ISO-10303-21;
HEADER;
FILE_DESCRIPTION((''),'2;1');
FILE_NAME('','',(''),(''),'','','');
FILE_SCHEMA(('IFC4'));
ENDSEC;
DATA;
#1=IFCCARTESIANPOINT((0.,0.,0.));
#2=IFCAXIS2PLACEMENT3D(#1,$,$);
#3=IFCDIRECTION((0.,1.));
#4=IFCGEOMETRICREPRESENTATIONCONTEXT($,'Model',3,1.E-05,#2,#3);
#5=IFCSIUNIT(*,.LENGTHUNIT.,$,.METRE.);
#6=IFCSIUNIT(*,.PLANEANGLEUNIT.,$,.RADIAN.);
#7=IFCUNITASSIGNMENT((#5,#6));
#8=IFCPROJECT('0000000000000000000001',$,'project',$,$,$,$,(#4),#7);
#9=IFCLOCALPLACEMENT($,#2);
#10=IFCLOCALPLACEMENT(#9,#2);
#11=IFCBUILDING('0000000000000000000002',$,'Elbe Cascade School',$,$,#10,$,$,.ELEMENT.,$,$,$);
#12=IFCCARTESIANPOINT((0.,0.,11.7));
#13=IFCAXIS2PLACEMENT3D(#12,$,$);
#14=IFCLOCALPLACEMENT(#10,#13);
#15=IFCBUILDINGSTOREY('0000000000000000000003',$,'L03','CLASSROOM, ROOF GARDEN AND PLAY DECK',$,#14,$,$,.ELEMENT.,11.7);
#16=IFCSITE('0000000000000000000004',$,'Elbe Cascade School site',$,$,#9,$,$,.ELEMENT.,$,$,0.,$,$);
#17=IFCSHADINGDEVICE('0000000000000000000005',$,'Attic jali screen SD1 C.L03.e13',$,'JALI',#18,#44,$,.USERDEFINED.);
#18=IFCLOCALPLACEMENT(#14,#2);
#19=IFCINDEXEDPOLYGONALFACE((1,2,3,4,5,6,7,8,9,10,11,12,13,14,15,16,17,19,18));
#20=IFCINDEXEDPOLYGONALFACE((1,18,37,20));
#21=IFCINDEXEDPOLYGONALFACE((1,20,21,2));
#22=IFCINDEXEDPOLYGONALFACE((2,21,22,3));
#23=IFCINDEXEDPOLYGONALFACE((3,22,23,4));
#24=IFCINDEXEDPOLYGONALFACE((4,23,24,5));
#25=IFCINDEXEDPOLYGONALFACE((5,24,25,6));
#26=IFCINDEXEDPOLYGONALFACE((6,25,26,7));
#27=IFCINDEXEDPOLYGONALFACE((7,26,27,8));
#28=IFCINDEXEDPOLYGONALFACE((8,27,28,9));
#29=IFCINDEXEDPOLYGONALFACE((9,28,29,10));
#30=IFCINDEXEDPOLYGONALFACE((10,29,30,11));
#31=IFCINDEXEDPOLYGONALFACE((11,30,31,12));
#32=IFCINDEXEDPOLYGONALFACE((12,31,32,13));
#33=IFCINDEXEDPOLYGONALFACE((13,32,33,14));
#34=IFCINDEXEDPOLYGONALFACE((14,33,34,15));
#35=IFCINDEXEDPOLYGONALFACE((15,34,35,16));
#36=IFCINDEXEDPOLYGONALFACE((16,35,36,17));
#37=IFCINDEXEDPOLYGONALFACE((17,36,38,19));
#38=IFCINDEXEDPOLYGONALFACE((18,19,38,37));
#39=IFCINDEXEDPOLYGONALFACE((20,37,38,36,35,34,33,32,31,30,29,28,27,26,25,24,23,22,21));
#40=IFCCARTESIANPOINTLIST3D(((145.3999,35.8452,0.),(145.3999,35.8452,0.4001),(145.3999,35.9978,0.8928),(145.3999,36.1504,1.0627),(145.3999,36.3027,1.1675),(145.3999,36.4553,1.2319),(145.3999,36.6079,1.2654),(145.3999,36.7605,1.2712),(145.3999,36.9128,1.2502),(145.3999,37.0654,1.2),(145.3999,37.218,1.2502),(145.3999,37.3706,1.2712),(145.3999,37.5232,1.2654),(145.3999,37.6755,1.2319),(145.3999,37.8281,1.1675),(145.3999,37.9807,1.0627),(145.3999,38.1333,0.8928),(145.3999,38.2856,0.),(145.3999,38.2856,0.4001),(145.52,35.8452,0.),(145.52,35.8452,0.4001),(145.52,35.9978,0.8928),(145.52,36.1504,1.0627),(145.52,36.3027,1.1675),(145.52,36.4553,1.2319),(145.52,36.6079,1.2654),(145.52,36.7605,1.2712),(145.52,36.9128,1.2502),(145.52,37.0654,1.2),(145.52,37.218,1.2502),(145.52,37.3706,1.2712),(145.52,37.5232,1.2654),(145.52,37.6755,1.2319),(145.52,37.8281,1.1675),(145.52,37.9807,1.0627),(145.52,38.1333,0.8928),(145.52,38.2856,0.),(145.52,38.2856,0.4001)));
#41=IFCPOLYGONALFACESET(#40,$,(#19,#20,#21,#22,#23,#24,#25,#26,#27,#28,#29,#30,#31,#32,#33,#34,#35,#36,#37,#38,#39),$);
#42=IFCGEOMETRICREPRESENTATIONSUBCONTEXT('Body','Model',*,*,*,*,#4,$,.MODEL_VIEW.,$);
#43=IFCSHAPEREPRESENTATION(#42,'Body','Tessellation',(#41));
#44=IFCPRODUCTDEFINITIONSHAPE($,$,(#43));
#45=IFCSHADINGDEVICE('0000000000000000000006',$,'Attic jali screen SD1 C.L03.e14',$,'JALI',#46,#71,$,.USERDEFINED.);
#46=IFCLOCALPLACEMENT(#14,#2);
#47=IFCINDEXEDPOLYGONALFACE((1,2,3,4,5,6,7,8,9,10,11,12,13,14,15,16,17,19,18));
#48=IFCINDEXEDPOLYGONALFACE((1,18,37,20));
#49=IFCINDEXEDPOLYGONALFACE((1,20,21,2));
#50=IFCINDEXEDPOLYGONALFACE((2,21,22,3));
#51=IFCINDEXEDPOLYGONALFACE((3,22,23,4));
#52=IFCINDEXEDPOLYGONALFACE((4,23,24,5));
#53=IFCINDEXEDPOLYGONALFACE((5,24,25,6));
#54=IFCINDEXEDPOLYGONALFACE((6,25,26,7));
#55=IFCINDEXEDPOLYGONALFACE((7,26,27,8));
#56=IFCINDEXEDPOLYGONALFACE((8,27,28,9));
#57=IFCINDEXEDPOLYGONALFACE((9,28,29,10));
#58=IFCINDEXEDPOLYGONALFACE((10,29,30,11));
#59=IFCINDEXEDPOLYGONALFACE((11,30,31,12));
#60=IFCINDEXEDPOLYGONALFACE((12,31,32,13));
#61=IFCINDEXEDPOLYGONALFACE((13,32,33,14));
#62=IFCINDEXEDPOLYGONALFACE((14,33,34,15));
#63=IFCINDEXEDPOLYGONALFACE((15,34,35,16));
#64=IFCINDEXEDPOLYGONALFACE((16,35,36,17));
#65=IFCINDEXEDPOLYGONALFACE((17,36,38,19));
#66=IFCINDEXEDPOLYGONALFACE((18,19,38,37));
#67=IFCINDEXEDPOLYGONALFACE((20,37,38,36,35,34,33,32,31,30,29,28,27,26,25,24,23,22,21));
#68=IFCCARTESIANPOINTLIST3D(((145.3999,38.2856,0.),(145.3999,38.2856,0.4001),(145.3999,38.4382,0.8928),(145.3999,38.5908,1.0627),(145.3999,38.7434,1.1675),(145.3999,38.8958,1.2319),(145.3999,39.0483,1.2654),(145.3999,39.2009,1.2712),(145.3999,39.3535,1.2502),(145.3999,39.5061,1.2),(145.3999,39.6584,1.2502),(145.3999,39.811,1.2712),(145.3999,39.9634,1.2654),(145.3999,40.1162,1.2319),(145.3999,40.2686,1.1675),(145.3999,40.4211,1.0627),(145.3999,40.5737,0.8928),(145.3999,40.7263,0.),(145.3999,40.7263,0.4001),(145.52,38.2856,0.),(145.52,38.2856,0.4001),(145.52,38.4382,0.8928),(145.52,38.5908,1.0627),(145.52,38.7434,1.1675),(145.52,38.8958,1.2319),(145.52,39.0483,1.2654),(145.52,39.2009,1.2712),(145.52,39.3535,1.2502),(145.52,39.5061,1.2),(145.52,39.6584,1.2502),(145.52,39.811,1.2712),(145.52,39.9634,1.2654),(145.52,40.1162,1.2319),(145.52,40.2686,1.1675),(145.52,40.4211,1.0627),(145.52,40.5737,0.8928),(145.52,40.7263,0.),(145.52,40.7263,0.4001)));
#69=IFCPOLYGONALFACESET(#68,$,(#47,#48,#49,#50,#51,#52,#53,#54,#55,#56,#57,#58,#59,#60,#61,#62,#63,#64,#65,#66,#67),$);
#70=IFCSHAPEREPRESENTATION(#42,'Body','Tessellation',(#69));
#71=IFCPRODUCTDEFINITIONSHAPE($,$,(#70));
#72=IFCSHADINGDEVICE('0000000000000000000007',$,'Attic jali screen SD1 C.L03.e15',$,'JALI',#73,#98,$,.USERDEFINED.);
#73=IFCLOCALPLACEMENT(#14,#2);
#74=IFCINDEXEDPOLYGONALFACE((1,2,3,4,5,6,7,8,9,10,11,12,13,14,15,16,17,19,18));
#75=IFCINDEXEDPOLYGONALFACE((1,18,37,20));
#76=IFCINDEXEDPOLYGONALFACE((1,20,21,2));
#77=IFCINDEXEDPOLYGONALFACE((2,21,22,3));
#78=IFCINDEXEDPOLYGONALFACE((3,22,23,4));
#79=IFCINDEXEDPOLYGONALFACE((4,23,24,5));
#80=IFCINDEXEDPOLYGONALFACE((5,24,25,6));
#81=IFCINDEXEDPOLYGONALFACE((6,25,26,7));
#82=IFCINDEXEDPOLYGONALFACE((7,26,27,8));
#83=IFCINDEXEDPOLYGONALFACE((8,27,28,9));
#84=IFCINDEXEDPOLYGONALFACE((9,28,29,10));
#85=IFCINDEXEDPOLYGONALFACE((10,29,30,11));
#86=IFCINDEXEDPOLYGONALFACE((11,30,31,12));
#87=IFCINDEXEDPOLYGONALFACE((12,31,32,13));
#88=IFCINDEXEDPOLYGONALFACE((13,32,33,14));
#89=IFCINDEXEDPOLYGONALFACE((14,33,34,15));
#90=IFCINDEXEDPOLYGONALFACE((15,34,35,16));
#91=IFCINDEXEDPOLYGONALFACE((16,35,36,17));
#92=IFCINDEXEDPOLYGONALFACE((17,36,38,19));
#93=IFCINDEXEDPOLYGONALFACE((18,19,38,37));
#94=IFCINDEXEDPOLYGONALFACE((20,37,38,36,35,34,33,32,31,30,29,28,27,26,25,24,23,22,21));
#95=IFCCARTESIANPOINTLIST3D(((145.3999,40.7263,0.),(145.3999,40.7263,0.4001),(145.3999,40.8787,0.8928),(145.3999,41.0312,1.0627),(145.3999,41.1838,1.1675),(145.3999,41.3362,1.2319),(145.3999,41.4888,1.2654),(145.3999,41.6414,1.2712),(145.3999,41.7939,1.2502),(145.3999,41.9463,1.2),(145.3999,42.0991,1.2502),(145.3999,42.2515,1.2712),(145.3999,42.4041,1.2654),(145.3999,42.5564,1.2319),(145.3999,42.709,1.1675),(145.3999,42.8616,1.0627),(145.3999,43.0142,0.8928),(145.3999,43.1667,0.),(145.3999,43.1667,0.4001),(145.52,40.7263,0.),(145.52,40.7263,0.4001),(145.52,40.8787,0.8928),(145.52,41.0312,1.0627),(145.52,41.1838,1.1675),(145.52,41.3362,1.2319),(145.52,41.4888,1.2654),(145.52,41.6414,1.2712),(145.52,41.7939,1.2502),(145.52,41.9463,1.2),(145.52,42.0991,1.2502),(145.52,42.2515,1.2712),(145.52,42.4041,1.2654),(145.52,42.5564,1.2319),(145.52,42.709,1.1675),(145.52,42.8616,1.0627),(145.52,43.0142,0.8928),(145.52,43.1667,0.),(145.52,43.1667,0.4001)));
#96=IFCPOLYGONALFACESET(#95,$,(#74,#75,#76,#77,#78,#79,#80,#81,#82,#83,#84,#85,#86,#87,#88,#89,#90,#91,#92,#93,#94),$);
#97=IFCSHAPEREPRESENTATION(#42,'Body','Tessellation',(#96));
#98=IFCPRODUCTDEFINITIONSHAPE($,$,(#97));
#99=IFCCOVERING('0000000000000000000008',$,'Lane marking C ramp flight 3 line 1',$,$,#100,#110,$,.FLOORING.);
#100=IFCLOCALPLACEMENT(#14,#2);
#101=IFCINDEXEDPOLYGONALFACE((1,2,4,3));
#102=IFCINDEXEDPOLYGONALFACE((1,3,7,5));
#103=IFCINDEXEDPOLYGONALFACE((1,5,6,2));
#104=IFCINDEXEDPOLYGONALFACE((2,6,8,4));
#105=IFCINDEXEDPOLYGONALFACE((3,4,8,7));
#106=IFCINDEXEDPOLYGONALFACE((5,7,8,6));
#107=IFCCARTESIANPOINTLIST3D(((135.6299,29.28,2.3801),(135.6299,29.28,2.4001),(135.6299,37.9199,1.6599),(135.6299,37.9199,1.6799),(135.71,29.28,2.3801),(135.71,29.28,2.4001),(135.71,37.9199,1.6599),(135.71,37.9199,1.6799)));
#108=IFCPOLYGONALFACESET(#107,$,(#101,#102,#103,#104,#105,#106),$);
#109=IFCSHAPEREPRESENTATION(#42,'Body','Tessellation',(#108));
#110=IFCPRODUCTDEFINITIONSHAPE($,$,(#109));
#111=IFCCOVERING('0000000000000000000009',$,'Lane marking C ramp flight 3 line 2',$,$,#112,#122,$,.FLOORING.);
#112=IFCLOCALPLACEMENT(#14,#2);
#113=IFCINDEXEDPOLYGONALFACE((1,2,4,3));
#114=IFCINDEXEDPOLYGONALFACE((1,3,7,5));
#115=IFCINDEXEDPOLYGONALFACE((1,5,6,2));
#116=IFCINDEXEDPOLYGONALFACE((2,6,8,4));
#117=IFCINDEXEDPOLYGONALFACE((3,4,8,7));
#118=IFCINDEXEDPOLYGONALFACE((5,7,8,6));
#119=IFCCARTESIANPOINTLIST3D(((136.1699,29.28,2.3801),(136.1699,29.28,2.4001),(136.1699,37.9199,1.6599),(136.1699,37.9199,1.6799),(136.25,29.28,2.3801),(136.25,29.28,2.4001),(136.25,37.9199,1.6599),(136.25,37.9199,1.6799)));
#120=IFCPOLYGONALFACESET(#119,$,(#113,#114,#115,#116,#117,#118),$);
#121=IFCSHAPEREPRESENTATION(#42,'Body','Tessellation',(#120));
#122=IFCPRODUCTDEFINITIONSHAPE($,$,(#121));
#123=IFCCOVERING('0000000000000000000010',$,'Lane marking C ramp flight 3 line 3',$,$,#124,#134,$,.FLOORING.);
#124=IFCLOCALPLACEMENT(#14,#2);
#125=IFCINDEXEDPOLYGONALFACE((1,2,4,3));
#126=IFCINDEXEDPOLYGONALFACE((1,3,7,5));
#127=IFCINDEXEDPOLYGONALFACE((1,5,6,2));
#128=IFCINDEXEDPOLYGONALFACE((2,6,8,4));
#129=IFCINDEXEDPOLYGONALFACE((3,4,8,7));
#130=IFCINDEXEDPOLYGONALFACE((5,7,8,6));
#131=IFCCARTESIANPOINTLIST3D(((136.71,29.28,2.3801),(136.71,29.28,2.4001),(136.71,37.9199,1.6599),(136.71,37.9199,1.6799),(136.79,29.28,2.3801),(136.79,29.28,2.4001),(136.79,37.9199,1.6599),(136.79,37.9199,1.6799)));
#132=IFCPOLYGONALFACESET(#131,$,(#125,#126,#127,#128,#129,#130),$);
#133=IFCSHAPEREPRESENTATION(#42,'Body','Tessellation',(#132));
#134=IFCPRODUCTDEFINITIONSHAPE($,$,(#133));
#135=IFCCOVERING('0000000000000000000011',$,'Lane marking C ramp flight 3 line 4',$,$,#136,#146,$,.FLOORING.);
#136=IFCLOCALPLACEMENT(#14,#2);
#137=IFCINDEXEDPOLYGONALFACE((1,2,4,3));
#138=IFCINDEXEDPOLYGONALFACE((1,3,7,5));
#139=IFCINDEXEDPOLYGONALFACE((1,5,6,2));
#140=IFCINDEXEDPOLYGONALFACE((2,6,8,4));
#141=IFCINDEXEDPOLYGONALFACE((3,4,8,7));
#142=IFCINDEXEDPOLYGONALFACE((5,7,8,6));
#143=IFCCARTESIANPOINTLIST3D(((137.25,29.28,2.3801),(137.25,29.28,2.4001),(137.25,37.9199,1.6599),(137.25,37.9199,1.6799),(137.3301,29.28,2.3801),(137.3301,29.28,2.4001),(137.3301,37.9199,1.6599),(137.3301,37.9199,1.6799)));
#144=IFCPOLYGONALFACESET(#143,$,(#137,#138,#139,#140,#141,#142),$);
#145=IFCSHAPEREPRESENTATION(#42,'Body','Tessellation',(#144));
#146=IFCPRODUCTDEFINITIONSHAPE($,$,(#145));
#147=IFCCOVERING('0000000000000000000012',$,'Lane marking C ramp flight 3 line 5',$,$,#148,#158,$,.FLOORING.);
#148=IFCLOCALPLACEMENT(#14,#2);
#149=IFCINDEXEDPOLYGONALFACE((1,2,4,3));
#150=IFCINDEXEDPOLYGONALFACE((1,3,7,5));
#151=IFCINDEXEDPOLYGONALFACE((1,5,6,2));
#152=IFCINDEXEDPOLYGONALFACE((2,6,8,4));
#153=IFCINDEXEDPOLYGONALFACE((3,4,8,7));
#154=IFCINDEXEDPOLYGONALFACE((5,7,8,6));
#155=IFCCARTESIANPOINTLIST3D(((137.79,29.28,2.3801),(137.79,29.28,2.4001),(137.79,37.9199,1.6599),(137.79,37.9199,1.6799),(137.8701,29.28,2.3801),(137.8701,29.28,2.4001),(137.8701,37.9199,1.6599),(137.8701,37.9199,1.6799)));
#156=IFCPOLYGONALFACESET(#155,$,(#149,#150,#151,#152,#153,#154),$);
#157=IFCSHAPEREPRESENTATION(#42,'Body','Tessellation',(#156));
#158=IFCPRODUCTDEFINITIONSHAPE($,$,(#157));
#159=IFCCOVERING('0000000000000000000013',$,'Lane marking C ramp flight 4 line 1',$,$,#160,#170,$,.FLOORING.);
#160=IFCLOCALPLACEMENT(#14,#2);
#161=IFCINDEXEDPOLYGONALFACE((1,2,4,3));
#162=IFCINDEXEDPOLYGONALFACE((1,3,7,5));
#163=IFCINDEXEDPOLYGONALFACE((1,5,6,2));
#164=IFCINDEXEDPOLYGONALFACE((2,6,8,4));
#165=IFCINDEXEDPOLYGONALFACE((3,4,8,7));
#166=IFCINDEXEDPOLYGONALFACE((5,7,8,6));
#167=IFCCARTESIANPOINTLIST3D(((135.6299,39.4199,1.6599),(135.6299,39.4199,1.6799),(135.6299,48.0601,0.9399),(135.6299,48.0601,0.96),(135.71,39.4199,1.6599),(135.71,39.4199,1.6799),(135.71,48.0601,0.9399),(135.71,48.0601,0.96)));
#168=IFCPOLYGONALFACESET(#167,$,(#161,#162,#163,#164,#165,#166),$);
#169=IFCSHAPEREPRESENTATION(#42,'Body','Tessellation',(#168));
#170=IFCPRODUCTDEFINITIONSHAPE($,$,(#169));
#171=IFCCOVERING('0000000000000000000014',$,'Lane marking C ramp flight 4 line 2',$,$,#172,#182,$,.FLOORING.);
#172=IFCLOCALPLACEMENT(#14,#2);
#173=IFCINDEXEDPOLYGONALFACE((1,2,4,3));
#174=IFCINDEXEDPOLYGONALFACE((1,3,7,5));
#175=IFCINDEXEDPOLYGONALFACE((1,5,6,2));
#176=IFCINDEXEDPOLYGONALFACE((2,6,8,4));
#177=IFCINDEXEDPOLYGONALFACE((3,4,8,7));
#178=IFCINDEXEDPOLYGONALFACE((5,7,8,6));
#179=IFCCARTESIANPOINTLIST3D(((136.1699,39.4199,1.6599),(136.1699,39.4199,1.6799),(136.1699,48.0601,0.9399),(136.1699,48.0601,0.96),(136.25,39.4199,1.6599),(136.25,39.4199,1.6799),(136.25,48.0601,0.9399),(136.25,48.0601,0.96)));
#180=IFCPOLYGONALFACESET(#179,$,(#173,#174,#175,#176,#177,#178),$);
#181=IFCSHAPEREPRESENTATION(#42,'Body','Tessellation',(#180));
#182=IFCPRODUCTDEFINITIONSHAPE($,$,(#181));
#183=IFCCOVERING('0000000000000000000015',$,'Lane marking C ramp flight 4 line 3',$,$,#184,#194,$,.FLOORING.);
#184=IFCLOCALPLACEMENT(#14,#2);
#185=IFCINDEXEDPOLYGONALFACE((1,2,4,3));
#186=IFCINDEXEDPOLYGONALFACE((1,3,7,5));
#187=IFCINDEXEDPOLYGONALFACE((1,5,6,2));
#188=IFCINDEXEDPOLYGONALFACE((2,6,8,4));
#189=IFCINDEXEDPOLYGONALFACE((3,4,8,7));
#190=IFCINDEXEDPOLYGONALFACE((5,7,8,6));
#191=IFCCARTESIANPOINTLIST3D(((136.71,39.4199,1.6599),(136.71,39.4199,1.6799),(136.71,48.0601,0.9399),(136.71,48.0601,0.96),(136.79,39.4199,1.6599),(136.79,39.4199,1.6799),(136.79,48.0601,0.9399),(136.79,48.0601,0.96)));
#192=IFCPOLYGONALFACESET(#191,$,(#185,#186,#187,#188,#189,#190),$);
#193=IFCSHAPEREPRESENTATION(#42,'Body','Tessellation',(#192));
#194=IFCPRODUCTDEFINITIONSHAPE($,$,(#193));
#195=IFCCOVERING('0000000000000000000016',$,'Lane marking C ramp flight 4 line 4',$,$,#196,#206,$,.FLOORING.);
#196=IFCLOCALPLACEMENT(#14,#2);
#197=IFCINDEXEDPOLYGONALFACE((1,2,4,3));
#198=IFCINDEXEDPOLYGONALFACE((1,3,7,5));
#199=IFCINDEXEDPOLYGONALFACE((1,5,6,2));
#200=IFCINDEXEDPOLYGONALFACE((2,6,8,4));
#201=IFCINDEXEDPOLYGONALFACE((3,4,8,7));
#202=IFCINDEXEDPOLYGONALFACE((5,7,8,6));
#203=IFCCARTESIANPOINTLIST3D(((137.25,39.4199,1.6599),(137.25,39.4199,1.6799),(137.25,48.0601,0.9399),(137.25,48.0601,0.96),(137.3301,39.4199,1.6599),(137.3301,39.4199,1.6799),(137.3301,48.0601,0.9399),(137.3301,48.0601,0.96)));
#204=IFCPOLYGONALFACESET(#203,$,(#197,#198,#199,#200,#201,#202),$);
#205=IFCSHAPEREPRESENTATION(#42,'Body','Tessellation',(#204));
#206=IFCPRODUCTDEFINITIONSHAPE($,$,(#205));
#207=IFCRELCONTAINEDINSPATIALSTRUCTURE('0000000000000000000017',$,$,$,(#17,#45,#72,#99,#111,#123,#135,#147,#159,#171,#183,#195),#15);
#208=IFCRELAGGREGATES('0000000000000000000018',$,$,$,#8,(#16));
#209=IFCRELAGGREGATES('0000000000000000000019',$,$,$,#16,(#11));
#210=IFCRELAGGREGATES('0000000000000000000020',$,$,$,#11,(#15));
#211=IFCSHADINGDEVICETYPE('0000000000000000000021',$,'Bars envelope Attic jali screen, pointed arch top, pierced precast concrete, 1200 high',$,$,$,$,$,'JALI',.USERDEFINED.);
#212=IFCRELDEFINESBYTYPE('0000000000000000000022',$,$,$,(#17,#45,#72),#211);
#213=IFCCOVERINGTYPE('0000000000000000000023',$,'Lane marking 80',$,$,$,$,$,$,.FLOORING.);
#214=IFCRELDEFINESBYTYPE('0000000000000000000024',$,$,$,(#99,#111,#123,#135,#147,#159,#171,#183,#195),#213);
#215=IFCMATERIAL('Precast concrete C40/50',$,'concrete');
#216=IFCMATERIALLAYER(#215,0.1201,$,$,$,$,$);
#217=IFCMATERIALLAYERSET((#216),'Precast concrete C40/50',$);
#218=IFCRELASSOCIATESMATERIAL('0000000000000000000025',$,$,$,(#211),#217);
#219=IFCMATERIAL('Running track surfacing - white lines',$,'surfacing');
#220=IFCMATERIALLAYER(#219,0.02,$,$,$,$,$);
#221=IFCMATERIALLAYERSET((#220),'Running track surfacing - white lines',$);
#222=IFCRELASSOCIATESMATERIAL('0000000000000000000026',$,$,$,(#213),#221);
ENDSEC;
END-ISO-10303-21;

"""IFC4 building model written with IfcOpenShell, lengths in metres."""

from ifc_helpers import new_model, si_unit, direction, frame, origin, place, context, subcontext, project, spatial, polyline, outline, extrude, material, layer, layer_set, type_object, element, save


model = new_model("IFC4")

# Units and contexts
model_context = context("Model", 3, precision=1e-05, world=origin(), true_north=direction((0.0, 1.0)))
body_context = subcontext(model_context, "Body", "Model", "MODEL_VIEW")
ifc_project = project(units=[si_unit("LENGTHUNIT", "METRE"), si_unit("PLANEANGLEUNIT", "RADIAN")], contexts=[model_context])

# Site, building, storey
site_placement = place(None, origin())
site = spatial("IfcSite", under=ifc_project, at=site_placement, Name="Elbe Cascade School site", CompositionType="ELEMENT", RefElevation=0.0)
building_placement = place(site_placement, origin())
building = spatial("IfcBuilding", under=site, at=building_placement, Name="Elbe Cascade School", CompositionType="ELEMENT")
storey_placement = place(building_placement, frame((0.0, 0.0, 11.7)))
storey = spatial("IfcBuildingStorey", under=building, at=storey_placement, Name="L03", Description="CLASSROOM, ROOF GARDEN AND PLAY DECK", CompositionType="ELEMENT", Elevation=11.7)

# Shading devices
ifc_material_1 = material(Name="Precast concrete C40/50", Category="concrete")
ifc_layer_1 = layer(ifc_material_1, 0.1201)
ifc_layer_set_1 = layer_set([ifc_layer_1], Name="Precast concrete C40/50")
shading_device_type = type_object("IfcShadingDeviceType", Name="Bars envelope Attic jali screen, pointed arch top, pierced precast concrete, 1200 high", ElementType="JALI", PredefinedType="USERDEFINED", material=ifc_layer_set_1)
shading_device_1_placement = place(storey_placement, frame((145.52, 35.8452, 0.0), z_axis=(1.0, 0.0, 0.0), x_axis=(0.0, 1.0, 0.0)))
element("IfcShadingDevice", 1, at=shading_device_1_placement, inside=storey, type_object=shading_device_type, Name="Attic jali screen SD1 C.L03.e13", ObjectType="JALI", PredefinedType="USERDEFINED", context=body_context, shape_type="SweptSolid", body=[
    extrude(outline(polyline([(0.0, 0.0), (2.4404, 0.0), (2.4404, 0.4001), (2.2881, 0.8928), (2.1355, 1.0627), (1.9829, 1.1675), (1.8303, 1.2319), (1.678, 1.2654), (1.5254, 1.2712), (1.3728, 1.2502), (1.2202, 1.2), (1.0676, 1.2502), (0.9153, 1.2712), (0.7627, 1.2654), (0.6101, 1.2319), (0.4575, 1.1675), (0.3052, 1.0627), (0.1526, 0.8928), (0.0, 0.4001), (0.0, 0.0)])), origin(), (0.0, 0.0, -1.0), 0.1201),
])
shading_device_2_placement = place(storey_placement, frame((145.52, 38.2856, 0.0), z_axis=(1.0, 0.0, 0.0), x_axis=(0.0, 1.0, 0.0)))
element("IfcShadingDevice", 2, at=shading_device_2_placement, inside=storey, type_object=shading_device_type, Name="Attic jali screen SD1 C.L03.e14", ObjectType="JALI", PredefinedType="USERDEFINED", context=body_context, shape_type="SweptSolid", body=[
    extrude(outline(polyline([(0.0, 0.0), (2.4407, 0.0), (2.4407, 0.4001), (2.2881, 0.8928), (2.1355, 1.0627), (1.9829, 1.1675), (1.8306, 1.2319), (1.6777, 1.2654), (1.5254, 1.2712), (1.3728, 1.2502), (1.2205, 1.2), (1.0679, 1.2502), (0.9153, 1.2712), (0.7627, 1.2654), (0.6101, 1.2319), (0.4578, 1.1675), (0.3052, 1.0627), (0.1526, 0.8928), (0.0, 0.4001), (0.0, 0.0)])), origin(), (0.0, 0.0, -1.0), 0.1201),
])
shading_device_3_placement = place(storey_placement, frame((145.52, 40.7263, 0.0), z_axis=(1.0, 0.0, 0.0), x_axis=(0.0, 1.0, 0.0)))
element("IfcShadingDevice", 3, at=shading_device_3_placement, inside=storey, type_object=shading_device_type, Name="Attic jali screen SD1 C.L03.e15", ObjectType="JALI", PredefinedType="USERDEFINED", context=body_context, shape_type="SweptSolid", body=[
    extrude(outline(polyline([(0.0, 0.0), (2.4404, 0.0), (2.4404, 0.4001), (2.2878, 0.8928), (2.1353, 1.0627), (1.9827, 1.1675), (1.8301, 1.2319), (1.6777, 1.2654), (1.5251, 1.2712), (1.3728, 1.2502), (1.22, 1.2), (1.0676, 1.2502), (0.915, 1.2712), (0.7625, 1.2654), (0.6099, 1.2319), (0.4575, 1.1675), (0.3049, 1.0627), (0.1523, 0.8928), (0.0, 0.4001), (0.0, 0.0)])), origin(), (0.0, 0.0, -1.0), 0.1201),
])

# Coverings
ifc_material_2 = material(Name="Running track surfacing - white lines", Category="surfacing")
ifc_layer_2 = layer(ifc_material_2, 0.02)
ifc_layer_set_2 = layer_set([ifc_layer_2], Name="Running track surfacing - white lines")
covering_type_1 = type_object("IfcCoveringType", Name="Lane marking 80", PredefinedType="FLOORING", material=ifc_layer_set_2)
for number, where, z_axis, x_axis, name in (
    (4, (135.6299, 29.28, 2.4001), (0.0, 0.083071, 0.996544), (0.0, 0.996544, -0.083071), "Lane marking C ramp flight 3 line 1"),
    (5, (136.1699, 29.28, 2.4001), (0.0, 0.083071, 0.996544), (0.0, 0.996544, -0.083071), "Lane marking C ramp flight 3 line 2"),
    (6, (136.71, 29.28, 2.4001), (0.0, 0.083071, 0.996544), (0.0, 0.996544, -0.083071), "Lane marking C ramp flight 3 line 3"),
    (7, (137.25, 29.28, 2.4001), (0.0, 0.083071, 0.996544), (0.0, 0.996544, -0.083071), "Lane marking C ramp flight 3 line 4"),
    (8, (137.79, 29.28, 2.4001), (0.0, 0.083071, 0.996544), (0.0, 0.996544, -0.083071), "Lane marking C ramp flight 3 line 5"),
):
    element("IfcCovering", number, at=place(storey_placement, frame(where, z_axis=z_axis, x_axis=x_axis)), inside=storey, type_object=covering_type_1, Name=name, PredefinedType="FLOORING", context=body_context, shape_type="SweptSolid", body=[
        extrude(outline(polyline([(0.0, 0.0), (8.6699, 0.0), (8.6699, -0.0801), (0.0, -0.0801), (0.0, 0.0)])), origin(), (0.083071, 0.0, -0.996544), 0.02),
    ])
for number, where, z_axis, x_axis, name in (
    (9, (135.6299, 39.4199, 1.6799), (0.0, 0.083041, 0.996546), (0.0, 0.996546, -0.083041), "Lane marking C ramp flight 4 line 1"),
    (10, (136.1699, 39.4199, 1.6799), (0.0, 0.083041, 0.996546), (0.0, 0.996546, -0.083041), "Lane marking C ramp flight 4 line 2"),
    (11, (136.71, 39.4199, 1.6799), (0.0, 0.083041, 0.996546), (0.0, 0.996546, -0.083041), "Lane marking C ramp flight 4 line 3"),
    (12, (137.25, 39.4199, 1.6799), (0.0, 0.083041, 0.996546), (0.0, 0.996546, -0.083041), "Lane marking C ramp flight 4 line 4"),
):
    element("IfcCovering", number, at=place(storey_placement, frame(where, z_axis=z_axis, x_axis=x_axis)), inside=storey, type_object=covering_type_1, Name=name, PredefinedType="FLOORING", context=body_context, shape_type="SweptSolid", body=[
        extrude(outline(polyline([(0.0, 0.0), (8.6701, 0.0), (8.6701, -0.0801), (0.0, -0.0801), (0.0, 0.0)])), origin(), (0.083041, 0.0, -0.996546), 0.02),
    ])

save(model, "model.ifc")
